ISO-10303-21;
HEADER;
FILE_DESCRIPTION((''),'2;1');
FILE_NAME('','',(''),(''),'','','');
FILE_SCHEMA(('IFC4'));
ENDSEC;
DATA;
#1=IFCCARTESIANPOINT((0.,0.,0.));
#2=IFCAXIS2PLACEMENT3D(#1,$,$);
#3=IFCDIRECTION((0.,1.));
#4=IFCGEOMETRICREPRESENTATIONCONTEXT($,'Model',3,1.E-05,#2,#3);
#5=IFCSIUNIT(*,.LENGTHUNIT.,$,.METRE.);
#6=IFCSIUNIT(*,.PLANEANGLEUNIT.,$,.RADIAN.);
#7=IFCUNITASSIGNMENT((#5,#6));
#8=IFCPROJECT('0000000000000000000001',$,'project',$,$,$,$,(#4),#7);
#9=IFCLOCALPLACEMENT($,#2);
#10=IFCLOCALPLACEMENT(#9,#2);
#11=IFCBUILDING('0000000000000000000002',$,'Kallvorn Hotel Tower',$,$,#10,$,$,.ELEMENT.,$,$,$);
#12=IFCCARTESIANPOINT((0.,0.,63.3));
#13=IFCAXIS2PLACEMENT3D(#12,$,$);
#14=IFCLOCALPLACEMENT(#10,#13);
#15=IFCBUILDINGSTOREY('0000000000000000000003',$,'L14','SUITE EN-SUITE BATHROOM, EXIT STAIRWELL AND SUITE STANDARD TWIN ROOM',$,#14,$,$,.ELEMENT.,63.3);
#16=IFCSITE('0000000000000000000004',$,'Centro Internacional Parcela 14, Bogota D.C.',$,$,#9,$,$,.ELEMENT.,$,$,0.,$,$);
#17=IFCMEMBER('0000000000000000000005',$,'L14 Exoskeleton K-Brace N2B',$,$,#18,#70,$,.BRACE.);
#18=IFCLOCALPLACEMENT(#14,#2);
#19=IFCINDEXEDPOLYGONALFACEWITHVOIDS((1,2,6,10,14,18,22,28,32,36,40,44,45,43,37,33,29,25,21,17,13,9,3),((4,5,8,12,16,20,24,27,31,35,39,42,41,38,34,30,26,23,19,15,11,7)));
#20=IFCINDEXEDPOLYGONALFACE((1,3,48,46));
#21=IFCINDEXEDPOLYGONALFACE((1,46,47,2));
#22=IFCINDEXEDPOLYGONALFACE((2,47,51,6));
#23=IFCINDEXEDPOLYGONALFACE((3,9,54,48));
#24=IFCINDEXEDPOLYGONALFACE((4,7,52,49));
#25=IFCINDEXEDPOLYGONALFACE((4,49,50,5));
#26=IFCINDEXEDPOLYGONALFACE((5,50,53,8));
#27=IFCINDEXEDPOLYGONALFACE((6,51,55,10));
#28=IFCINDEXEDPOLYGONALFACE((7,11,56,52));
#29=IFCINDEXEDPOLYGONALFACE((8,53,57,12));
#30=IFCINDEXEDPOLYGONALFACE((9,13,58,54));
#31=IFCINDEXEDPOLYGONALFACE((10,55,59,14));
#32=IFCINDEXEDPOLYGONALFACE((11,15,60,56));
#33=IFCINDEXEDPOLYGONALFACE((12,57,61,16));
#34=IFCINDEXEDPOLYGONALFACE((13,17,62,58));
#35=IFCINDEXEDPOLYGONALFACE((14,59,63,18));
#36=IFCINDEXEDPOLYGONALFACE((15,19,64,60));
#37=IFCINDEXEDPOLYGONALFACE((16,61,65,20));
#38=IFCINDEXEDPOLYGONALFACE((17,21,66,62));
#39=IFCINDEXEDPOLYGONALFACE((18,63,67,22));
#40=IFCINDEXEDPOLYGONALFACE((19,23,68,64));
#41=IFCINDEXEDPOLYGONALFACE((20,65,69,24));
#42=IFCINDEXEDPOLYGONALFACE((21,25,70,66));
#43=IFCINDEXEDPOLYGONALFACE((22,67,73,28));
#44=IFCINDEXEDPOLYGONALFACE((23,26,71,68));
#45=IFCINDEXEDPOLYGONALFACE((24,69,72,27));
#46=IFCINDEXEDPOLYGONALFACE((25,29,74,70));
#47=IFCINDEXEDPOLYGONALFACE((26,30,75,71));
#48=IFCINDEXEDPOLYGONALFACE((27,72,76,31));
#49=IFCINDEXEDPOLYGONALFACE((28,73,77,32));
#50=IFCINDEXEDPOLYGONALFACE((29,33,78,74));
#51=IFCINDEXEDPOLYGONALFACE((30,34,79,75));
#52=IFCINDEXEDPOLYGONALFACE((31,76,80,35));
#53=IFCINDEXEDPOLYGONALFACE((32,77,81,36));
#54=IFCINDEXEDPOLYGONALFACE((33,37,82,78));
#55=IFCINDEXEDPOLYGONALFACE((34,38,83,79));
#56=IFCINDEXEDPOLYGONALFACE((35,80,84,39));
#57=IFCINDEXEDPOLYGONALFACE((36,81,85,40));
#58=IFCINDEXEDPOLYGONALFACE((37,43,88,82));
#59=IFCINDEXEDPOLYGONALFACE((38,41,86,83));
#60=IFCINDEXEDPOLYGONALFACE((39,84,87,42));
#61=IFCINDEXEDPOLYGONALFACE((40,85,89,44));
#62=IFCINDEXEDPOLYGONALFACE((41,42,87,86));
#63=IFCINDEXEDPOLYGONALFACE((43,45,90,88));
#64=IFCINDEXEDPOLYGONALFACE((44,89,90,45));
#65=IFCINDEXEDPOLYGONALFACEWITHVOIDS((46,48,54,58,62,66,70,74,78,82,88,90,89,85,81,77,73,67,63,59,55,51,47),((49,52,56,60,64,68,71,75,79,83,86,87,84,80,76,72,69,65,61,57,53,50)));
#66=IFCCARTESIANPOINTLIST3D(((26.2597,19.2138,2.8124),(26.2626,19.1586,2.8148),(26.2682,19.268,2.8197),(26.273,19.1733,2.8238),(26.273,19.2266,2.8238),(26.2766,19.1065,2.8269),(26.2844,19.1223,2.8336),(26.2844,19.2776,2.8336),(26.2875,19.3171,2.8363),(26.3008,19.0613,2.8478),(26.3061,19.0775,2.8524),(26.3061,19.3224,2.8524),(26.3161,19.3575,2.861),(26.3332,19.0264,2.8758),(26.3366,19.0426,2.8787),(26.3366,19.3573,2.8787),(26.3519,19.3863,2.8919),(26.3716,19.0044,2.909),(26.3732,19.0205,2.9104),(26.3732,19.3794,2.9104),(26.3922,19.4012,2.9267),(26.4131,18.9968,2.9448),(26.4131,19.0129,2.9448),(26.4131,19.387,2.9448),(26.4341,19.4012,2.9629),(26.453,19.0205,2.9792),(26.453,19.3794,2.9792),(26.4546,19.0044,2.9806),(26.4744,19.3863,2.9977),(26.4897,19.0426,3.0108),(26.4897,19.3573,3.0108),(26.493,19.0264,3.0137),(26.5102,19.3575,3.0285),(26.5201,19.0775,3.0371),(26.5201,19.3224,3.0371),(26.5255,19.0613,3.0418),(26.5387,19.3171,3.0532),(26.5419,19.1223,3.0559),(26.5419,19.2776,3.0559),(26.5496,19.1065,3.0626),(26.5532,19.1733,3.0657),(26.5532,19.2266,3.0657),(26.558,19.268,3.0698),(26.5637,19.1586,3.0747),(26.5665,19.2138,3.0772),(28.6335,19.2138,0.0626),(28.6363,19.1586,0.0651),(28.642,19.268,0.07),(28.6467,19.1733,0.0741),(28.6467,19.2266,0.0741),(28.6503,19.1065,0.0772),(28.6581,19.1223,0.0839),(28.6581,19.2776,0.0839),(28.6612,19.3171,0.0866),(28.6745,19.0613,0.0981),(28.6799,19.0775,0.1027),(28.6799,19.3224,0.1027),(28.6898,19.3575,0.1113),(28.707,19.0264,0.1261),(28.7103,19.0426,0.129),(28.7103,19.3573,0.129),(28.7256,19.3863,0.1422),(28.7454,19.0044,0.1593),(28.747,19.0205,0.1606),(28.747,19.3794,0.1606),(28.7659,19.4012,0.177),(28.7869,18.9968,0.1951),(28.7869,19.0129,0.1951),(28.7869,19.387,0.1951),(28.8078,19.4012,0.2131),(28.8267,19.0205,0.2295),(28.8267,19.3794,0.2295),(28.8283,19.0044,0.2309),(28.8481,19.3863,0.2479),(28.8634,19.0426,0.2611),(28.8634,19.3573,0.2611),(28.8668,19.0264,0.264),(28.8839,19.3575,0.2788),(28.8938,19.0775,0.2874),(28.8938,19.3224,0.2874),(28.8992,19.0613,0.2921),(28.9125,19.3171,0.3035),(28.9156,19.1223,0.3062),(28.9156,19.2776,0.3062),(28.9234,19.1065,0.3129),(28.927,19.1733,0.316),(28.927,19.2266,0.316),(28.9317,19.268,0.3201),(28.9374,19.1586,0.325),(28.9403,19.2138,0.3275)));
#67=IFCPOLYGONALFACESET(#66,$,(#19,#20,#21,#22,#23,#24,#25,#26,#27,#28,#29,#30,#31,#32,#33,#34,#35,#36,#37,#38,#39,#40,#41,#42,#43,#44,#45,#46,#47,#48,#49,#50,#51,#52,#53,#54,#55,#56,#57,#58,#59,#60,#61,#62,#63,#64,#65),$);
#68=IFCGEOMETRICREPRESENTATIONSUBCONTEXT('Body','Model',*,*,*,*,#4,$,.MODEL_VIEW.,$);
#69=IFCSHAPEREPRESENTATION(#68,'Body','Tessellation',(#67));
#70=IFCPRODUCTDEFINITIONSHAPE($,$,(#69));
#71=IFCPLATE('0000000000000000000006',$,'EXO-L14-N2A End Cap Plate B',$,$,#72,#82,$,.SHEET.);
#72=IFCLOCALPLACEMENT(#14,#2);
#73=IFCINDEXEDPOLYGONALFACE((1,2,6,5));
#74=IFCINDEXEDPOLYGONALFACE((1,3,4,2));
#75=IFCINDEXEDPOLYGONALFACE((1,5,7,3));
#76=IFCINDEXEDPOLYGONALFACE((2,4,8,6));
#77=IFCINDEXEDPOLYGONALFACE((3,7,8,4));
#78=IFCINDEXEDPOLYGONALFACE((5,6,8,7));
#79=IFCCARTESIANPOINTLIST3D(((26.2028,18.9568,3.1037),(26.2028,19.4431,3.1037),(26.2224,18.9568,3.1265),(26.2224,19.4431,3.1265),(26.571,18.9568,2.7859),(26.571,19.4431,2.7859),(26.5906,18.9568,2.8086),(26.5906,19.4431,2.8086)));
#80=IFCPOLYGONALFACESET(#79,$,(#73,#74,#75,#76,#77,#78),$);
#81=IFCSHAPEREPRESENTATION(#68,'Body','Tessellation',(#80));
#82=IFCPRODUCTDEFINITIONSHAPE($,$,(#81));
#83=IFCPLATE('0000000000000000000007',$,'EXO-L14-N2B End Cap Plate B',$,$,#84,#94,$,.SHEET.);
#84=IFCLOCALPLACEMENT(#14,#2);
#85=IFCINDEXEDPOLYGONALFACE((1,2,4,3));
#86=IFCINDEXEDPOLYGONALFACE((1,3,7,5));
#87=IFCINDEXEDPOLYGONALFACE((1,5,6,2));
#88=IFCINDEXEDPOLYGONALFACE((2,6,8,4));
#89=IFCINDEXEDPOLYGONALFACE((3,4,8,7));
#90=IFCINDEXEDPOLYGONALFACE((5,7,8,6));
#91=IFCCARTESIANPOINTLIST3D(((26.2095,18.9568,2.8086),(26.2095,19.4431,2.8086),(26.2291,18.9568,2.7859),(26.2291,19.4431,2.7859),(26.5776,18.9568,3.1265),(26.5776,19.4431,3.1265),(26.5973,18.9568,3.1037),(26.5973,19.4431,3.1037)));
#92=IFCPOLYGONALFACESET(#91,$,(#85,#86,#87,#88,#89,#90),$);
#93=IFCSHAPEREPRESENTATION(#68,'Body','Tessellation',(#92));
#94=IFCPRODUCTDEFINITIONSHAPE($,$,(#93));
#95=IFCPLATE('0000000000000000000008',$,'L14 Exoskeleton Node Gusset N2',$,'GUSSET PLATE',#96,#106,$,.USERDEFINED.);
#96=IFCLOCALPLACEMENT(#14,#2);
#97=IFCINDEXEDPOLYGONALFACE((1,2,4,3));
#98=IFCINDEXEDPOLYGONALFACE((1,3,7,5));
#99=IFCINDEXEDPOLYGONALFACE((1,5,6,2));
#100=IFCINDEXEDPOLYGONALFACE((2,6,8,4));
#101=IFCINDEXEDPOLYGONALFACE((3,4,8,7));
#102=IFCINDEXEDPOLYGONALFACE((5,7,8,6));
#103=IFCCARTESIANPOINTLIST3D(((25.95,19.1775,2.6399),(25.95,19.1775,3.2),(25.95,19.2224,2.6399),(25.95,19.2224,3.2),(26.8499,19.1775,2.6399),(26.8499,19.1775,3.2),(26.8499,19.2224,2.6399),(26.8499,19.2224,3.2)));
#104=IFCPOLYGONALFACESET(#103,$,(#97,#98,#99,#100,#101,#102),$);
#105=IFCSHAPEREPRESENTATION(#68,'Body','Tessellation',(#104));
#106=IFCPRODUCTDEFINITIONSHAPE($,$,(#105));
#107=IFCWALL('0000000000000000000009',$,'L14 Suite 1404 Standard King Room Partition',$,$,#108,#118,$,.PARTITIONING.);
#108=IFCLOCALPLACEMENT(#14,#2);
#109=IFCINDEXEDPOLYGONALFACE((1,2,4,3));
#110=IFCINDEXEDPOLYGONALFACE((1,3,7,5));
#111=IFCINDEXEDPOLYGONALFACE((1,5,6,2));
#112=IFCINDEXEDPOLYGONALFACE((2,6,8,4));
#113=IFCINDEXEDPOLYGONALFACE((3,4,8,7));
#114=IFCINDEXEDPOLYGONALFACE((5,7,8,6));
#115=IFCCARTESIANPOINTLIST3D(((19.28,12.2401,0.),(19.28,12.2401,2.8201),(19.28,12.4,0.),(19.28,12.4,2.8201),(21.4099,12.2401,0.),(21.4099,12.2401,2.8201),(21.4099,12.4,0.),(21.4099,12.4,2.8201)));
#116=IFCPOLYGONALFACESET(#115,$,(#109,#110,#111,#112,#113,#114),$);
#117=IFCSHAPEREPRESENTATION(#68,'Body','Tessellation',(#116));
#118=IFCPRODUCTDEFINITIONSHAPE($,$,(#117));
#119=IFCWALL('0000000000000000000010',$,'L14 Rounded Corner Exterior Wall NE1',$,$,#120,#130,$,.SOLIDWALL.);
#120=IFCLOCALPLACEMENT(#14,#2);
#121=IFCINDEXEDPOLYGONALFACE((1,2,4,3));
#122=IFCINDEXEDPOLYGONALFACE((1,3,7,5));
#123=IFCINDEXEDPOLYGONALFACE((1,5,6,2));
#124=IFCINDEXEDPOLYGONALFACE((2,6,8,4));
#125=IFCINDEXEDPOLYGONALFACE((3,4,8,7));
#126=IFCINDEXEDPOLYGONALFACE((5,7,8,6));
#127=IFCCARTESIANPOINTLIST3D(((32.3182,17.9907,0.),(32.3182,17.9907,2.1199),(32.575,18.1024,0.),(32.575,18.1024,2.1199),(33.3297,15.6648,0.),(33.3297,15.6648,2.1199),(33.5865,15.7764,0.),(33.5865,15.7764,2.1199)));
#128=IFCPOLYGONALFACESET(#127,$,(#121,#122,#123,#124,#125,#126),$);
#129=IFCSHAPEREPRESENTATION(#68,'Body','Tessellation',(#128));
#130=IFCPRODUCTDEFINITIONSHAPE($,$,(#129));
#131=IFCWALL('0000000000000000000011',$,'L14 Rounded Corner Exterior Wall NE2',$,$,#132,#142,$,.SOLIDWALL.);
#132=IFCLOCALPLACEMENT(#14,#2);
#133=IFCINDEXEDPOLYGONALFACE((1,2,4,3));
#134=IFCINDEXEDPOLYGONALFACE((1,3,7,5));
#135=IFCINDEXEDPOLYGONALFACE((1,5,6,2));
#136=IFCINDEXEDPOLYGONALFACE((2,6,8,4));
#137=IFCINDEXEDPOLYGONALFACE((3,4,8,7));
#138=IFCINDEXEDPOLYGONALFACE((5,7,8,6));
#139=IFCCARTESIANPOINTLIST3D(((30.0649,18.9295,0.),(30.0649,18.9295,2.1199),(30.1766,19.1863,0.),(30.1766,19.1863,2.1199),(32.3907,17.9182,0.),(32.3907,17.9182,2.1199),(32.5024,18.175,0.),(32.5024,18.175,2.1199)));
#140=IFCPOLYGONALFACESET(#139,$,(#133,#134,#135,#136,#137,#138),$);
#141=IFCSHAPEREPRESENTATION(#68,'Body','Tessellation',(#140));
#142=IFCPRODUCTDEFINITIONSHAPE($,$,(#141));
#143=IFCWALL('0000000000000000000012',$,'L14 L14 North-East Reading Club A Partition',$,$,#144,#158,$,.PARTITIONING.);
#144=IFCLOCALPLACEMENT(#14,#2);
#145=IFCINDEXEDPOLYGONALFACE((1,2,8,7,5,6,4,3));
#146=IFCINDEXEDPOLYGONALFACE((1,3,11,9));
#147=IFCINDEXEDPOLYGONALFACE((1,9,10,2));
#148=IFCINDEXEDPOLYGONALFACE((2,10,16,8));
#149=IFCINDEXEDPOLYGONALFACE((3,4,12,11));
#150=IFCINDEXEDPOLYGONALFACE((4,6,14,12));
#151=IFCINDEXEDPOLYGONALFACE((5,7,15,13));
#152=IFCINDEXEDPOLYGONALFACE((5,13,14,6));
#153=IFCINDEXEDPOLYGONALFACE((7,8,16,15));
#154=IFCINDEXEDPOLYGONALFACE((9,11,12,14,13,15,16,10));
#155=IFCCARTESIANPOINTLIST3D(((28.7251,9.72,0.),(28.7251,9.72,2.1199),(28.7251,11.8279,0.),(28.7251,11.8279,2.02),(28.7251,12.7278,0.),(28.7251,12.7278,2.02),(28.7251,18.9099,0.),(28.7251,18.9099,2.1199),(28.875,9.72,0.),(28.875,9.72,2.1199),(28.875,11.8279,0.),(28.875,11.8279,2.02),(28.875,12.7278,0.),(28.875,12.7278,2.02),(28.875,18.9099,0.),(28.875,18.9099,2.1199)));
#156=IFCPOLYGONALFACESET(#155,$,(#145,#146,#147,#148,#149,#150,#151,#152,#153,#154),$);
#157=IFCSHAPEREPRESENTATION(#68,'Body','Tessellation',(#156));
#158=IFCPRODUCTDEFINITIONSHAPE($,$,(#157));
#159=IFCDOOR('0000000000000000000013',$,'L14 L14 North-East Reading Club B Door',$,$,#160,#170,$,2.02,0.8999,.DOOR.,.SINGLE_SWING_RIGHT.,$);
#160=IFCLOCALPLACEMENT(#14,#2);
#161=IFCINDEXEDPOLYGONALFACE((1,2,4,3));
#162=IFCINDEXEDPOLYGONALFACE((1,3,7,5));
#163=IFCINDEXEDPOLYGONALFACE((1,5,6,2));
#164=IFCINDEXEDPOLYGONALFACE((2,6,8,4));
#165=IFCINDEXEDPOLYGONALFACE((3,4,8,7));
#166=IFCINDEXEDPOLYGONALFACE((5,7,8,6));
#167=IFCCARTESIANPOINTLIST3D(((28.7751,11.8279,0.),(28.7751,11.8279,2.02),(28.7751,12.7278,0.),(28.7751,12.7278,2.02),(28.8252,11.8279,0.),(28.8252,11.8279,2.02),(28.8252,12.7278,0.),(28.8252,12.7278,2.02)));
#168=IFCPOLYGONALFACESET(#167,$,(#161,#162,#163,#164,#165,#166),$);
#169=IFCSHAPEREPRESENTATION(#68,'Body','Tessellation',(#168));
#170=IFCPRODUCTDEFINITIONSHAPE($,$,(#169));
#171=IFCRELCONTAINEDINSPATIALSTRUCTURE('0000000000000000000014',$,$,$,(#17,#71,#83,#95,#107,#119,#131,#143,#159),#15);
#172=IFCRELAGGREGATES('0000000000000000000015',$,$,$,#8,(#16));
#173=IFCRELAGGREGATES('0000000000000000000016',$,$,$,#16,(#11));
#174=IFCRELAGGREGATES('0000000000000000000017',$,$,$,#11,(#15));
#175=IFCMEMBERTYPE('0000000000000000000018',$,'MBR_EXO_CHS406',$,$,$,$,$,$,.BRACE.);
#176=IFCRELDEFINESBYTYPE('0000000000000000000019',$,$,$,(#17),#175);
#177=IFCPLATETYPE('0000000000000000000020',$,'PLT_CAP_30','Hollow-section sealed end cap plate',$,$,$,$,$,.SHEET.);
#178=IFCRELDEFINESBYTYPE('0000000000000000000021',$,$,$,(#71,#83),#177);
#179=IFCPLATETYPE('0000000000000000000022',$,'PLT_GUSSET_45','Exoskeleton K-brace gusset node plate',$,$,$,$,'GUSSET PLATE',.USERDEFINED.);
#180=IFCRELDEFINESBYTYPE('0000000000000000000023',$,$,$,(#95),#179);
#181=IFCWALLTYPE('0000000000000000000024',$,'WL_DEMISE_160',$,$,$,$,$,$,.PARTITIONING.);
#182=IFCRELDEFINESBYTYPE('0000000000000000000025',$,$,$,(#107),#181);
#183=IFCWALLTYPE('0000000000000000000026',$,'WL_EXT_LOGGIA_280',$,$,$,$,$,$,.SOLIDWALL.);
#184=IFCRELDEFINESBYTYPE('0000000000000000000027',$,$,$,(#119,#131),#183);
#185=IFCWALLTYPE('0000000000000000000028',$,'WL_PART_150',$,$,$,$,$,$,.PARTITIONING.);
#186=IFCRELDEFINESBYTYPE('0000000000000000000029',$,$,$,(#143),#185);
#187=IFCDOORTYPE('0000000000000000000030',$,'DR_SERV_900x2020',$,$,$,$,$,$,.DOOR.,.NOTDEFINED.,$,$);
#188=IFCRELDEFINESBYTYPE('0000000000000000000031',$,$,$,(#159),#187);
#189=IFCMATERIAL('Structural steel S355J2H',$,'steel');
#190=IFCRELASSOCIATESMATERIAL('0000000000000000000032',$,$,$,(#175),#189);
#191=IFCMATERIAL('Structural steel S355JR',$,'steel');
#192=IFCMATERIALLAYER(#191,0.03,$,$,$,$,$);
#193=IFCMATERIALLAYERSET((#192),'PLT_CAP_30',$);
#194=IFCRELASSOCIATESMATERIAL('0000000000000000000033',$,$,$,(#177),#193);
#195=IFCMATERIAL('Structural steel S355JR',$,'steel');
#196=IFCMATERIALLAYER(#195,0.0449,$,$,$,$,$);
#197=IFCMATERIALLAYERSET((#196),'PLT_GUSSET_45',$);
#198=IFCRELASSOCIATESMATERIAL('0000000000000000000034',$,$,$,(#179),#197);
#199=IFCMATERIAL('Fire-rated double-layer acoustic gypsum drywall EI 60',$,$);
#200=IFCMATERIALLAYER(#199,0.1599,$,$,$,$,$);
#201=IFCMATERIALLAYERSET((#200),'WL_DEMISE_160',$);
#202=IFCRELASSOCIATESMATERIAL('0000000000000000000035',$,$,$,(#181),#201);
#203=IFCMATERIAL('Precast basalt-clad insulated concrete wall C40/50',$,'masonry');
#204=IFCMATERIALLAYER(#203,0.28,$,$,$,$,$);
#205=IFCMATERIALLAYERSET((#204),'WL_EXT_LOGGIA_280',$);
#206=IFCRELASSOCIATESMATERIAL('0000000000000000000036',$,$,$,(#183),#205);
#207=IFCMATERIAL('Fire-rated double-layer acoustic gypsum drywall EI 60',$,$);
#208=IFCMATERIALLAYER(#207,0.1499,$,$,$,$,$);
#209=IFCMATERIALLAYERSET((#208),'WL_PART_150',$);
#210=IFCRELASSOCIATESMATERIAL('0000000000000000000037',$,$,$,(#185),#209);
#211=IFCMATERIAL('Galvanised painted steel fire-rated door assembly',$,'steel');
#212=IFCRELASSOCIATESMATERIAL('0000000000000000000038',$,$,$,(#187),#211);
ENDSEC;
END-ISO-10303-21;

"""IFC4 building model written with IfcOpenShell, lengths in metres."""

from ifc_helpers import new_model, si_unit, direction, frame, frame_2d, origin, origin_2d, place, context, subcontext, project, spatial, polyline, rectangle, hollow_circle, outline, extrude, material, layer, layer_set, material_profile, profile_set, type_object, element, fill, save


model = new_model("IFC4")

# Units and contexts
model_context = context("Model", 3, precision=1e-05, world=origin(), true_north=direction((0.0, 1.0)))
body_context = subcontext(model_context, "Body", "Model", "MODEL_VIEW")
ifc_project = project(units=[si_unit("LENGTHUNIT", "METRE"), si_unit("PLANEANGLEUNIT", "RADIAN")], contexts=[model_context])

# Site, building, storey
site_placement = place(None, origin())
site = spatial("IfcSite", under=ifc_project, at=site_placement, Name="Centro Internacional Parcela 14, Bogota D.C.", CompositionType="ELEMENT", RefElevation=0.0)
building_placement = place(site_placement, origin())
building = spatial("IfcBuilding", under=site, at=building_placement, Name="Kallvorn Hotel Tower", CompositionType="ELEMENT")
storey_placement = place(building_placement, frame((0.0, 0.0, 63.3)))
storey = spatial("IfcBuildingStorey", under=building, at=storey_placement, Name="L14", Description="SUITE EN-SUITE BATHROOM, EXIT STAIRWELL AND SUITE STANDARD TWIN ROOM", CompositionType="ELEMENT", Elevation=63.3)

# Member
ifc_material_1 = material(Name="Structural steel S355J2H", Category="steel")
ifc_material_profile_1 = material_profile(ifc_material_1, hollow_circle(Radius=0.2031, WallThickness=0.0161, at=origin_2d()), Name="CHS 406.4x16")
ifc_profile_set_1 = profile_set([ifc_material_profile_1], Name="Structural steel S355J2H")
member_type_1 = type_object("IfcMemberType", Name="MBR_EXO_CHS406", PredefinedType="BRACE", material=ifc_profile_set_1)
for number, where, z_axis, x_axis, name in (
    (1, (28.7869, 19.2, 0.1951), (-0.653461, 0.0, 0.756961), (0.0, -1.0, 0.0), "L14 Exoskeleton K-Brace N2B"),
):
    element("IfcMember", number, at=place(storey_placement, frame(where, z_axis=z_axis, x_axis=x_axis)), inside=storey, type_object=member_type_1, Name=name, PredefinedType="BRACE", context=body_context, shape_type="SweptSolid", body=[
        extrude(hollow_circle(Radius=0.2031, WallThickness=0.0161, at=origin_2d()), origin(), (0.0, 0.0, 1.0), 3.6326),
    ])

# Plates
ifc_material_2 = material(Name="Structural steel S355JR", Category="steel")
ifc_layer_1 = layer(ifc_material_2, 0.03)
ifc_layer_set_1 = layer_set([ifc_layer_1], Name="PLT_CAP_30")
plate_type_1 = type_object("IfcPlateType", Name="PLT_CAP_30", Description="Hollow-section sealed end cap plate", PredefinedType="SHEET", material=ifc_layer_set_1)
for number, where, z_axis, x_axis, name in (
    (2, (26.5906, 18.9568, 2.8086), (0.653515, 0.0, 0.756913), (0.0, 1.0, 0.0), "EXO-L14-N2A End Cap Plate B"),
    (3, (26.2095, 19.4431, 2.8086), (-0.653515, 0.0, 0.756913), (0.0, -1.0, 0.0), "EXO-L14-N2B End Cap Plate B"),
):
    element("IfcPlate", number, at=place(storey_placement, frame(where, z_axis=z_axis, x_axis=x_axis)), inside=storey, type_object=plate_type_1, Name=name, PredefinedType="SHEET", context=body_context, shape_type="SweptSolid", body=[
        extrude(outline(polyline([(0.0, 0.0), (0.4863, 0.0), (0.4863, 0.4864), (0.0, 0.4864), (0.0, 0.0)])), origin(), (0.0, 0.0, -1.0), 0.03),
    ])
ifc_material_3 = material(Name="Structural steel S355JR", Category="steel")
ifc_layer_2 = layer(ifc_material_3, 0.0449)
ifc_layer_set_2 = layer_set([ifc_layer_2], Name="PLT_GUSSET_45")
plate_type_2 = type_object("IfcPlateType", Name="PLT_GUSSET_45", Description="Exoskeleton K-brace gusset node plate", ElementType="GUSSET PLATE", PredefinedType="USERDEFINED", material=ifc_layer_set_2)
plate_placement = place(storey_placement, frame((26.3999, 19.2, 2.6399), z_axis=(0.0, 0.0, 1.0), x_axis=(1.0, 0.0, 0.0)))
element("IfcPlate", 4, at=plate_placement, inside=storey, type_object=plate_type_2, Name="L14 Exoskeleton Node Gusset N2", ObjectType="GUSSET PLATE", PredefinedType="USERDEFINED", context=body_context, shape_type="SweptSolid", body=[
    extrude(rectangle(XDim=0.8999, YDim=0.0449, at=origin_2d()), origin(), (0.0, 0.0, 1.0), 0.5601),
])

# Walls
ifc_material_4 = material(Name="Fire-rated double-layer acoustic gypsum drywall EI 60")
ifc_layer_3 = layer(ifc_material_4, 0.1599)
ifc_layer_set_3 = layer_set([ifc_layer_3], Name="WL_DEMISE_160")
wall_type_1 = type_object("IfcWallType", Name="WL_DEMISE_160", PredefinedType="PARTITIONING", material=ifc_layer_set_3)
wall_1_placement = place(storey_placement, frame((19.28, 12.3201, 0.0), z_axis=(0.0, 0.0, 1.0), x_axis=(1.0, 0.0, 0.0)))
element("IfcWall", 5, at=wall_1_placement, inside=storey, type_object=wall_type_1, Name="L14 Suite 1404 Standard King Room Partition", PredefinedType="PARTITIONING", context=body_context, shape_type="SweptSolid", body=[
    extrude(rectangle(XDim=2.1299, YDim=0.1599, at=frame_2d((1.0649, 0.0))), origin(), (0.0, 0.0, 1.0), 2.8201),
])
ifc_material_5 = material(Name="Precast basalt-clad insulated concrete wall C40/50", Category="masonry")
ifc_layer_4 = layer(ifc_material_5, 0.28)
ifc_layer_set_4 = layer_set([ifc_layer_4], Name="WL_EXT_LOGGIA_280")
wall_type_2 = type_object("IfcWallType", Name="WL_EXT_LOGGIA_280", PredefinedType="SOLIDWALL", material=ifc_layer_set_4)
wall_2_placement = place(storey_placement, frame((33.458, 15.7207, 0.0), z_axis=(0.0, 0.0, 1.0), x_axis=(-0.398793, 0.917041, 0.0)))
element("IfcWall", 6, at=wall_2_placement, inside=storey, type_object=wall_type_2, Name="L14 Rounded Corner Exterior Wall NE1", PredefinedType="SOLIDWALL", context=body_context, shape_type="SweptSolid", body=[
    extrude(rectangle(XDim=2.5364, YDim=0.28, at=frame_2d((1.2681, 0.0))), origin(), (0.0, 0.0, 1.0), 2.1199),
])
wall_3_placement = place(storey_placement, frame((32.4465, 18.0466, 0.0), z_axis=(0.0, 0.0, 1.0), x_axis=(-0.917061, 0.398747, 0.0)))
element("IfcWall", 7, at=wall_3_placement, inside=storey, type_object=wall_type_2, Name="L14 Rounded Corner Exterior Wall NE2", PredefinedType="SOLIDWALL", context=body_context, shape_type="SweptSolid", body=[
    extrude(rectangle(XDim=2.5361, YDim=0.28, at=frame_2d((1.2681, 0.0))), origin(), (0.0, 0.0, 1.0), 2.1199),
])

# Wall, opening, door
ifc_material_6 = material(Name="Fire-rated double-layer acoustic gypsum drywall EI 60")
ifc_layer_5 = layer(ifc_material_6, 0.1499)
ifc_layer_set_5 = layer_set([ifc_layer_5], Name="WL_PART_150")
wall_type_3 = type_object("IfcWallType", Name="WL_PART_150", PredefinedType="PARTITIONING", material=ifc_layer_set_5)
wall_4_placement = place(storey_placement, frame((28.8, 9.72, 0.0), z_axis=(0.0, 0.0, 1.0), x_axis=(0.0, 1.0, 0.0)))
wall_4 = element("IfcWall", 8, at=wall_4_placement, inside=storey, type_object=wall_type_3, Name="L14 L14 North-East Reading Club A Partition", PredefinedType="PARTITIONING", context=body_context, shape_type="SweptSolid", body=[
    extrude(rectangle(XDim=9.1899, YDim=0.1499, at=frame_2d((4.595, 0.0))), origin(), (0.0, 0.0, 1.0), 2.1199),
])
opening_placement = place(wall_4_placement, frame((2.1079, 0.0, 0.0)))
opening = element("IfcOpeningElement", 9, at=opening_placement, cuts=wall_4, PredefinedType="OPENING", context=body_context, shape_type="SweptSolid", body=[
    extrude(rectangle(XDim=0.8999, YDim=2.02, at=frame_2d((0.45, 1.01))), frame((0.0, 0.0898, 0.0), z_axis=(0.0, -1.0, 0.0), x_axis=(1.0, 0.0, 0.0)), (0.0, 0.0, 1.0), 0.1799),
])
ifc_material_7 = material(Name="Galvanised painted steel fire-rated door assembly", Category="steel")
door_type = type_object("IfcDoorType", Name="DR_SERV_900x2020", OperationType="NOTDEFINED", PredefinedType="DOOR", material=ifc_material_7)
door_placement = place(opening_placement, origin())
door = element("IfcDoor", 10, at=door_placement, inside=storey, type_object=door_type, Name="L14 L14 North-East Reading Club B Door", OperationType="SINGLE_SWING_RIGHT", OverallHeight=2.02, OverallWidth=0.8999, PredefinedType="DOOR", context=body_context, shape_type="SweptSolid", body=[
    extrude(rectangle(XDim=0.8999, YDim=2.02, at=frame_2d((0.45, 1.01))), frame((0.0, 0.0249, 0.0), z_axis=(0.0, -1.0, 0.0), x_axis=(1.0, 0.0, 0.0)), (0.0, 0.0, 1.0), 0.05),
])
fill(opening, door)

save(model, "model.ifc")
